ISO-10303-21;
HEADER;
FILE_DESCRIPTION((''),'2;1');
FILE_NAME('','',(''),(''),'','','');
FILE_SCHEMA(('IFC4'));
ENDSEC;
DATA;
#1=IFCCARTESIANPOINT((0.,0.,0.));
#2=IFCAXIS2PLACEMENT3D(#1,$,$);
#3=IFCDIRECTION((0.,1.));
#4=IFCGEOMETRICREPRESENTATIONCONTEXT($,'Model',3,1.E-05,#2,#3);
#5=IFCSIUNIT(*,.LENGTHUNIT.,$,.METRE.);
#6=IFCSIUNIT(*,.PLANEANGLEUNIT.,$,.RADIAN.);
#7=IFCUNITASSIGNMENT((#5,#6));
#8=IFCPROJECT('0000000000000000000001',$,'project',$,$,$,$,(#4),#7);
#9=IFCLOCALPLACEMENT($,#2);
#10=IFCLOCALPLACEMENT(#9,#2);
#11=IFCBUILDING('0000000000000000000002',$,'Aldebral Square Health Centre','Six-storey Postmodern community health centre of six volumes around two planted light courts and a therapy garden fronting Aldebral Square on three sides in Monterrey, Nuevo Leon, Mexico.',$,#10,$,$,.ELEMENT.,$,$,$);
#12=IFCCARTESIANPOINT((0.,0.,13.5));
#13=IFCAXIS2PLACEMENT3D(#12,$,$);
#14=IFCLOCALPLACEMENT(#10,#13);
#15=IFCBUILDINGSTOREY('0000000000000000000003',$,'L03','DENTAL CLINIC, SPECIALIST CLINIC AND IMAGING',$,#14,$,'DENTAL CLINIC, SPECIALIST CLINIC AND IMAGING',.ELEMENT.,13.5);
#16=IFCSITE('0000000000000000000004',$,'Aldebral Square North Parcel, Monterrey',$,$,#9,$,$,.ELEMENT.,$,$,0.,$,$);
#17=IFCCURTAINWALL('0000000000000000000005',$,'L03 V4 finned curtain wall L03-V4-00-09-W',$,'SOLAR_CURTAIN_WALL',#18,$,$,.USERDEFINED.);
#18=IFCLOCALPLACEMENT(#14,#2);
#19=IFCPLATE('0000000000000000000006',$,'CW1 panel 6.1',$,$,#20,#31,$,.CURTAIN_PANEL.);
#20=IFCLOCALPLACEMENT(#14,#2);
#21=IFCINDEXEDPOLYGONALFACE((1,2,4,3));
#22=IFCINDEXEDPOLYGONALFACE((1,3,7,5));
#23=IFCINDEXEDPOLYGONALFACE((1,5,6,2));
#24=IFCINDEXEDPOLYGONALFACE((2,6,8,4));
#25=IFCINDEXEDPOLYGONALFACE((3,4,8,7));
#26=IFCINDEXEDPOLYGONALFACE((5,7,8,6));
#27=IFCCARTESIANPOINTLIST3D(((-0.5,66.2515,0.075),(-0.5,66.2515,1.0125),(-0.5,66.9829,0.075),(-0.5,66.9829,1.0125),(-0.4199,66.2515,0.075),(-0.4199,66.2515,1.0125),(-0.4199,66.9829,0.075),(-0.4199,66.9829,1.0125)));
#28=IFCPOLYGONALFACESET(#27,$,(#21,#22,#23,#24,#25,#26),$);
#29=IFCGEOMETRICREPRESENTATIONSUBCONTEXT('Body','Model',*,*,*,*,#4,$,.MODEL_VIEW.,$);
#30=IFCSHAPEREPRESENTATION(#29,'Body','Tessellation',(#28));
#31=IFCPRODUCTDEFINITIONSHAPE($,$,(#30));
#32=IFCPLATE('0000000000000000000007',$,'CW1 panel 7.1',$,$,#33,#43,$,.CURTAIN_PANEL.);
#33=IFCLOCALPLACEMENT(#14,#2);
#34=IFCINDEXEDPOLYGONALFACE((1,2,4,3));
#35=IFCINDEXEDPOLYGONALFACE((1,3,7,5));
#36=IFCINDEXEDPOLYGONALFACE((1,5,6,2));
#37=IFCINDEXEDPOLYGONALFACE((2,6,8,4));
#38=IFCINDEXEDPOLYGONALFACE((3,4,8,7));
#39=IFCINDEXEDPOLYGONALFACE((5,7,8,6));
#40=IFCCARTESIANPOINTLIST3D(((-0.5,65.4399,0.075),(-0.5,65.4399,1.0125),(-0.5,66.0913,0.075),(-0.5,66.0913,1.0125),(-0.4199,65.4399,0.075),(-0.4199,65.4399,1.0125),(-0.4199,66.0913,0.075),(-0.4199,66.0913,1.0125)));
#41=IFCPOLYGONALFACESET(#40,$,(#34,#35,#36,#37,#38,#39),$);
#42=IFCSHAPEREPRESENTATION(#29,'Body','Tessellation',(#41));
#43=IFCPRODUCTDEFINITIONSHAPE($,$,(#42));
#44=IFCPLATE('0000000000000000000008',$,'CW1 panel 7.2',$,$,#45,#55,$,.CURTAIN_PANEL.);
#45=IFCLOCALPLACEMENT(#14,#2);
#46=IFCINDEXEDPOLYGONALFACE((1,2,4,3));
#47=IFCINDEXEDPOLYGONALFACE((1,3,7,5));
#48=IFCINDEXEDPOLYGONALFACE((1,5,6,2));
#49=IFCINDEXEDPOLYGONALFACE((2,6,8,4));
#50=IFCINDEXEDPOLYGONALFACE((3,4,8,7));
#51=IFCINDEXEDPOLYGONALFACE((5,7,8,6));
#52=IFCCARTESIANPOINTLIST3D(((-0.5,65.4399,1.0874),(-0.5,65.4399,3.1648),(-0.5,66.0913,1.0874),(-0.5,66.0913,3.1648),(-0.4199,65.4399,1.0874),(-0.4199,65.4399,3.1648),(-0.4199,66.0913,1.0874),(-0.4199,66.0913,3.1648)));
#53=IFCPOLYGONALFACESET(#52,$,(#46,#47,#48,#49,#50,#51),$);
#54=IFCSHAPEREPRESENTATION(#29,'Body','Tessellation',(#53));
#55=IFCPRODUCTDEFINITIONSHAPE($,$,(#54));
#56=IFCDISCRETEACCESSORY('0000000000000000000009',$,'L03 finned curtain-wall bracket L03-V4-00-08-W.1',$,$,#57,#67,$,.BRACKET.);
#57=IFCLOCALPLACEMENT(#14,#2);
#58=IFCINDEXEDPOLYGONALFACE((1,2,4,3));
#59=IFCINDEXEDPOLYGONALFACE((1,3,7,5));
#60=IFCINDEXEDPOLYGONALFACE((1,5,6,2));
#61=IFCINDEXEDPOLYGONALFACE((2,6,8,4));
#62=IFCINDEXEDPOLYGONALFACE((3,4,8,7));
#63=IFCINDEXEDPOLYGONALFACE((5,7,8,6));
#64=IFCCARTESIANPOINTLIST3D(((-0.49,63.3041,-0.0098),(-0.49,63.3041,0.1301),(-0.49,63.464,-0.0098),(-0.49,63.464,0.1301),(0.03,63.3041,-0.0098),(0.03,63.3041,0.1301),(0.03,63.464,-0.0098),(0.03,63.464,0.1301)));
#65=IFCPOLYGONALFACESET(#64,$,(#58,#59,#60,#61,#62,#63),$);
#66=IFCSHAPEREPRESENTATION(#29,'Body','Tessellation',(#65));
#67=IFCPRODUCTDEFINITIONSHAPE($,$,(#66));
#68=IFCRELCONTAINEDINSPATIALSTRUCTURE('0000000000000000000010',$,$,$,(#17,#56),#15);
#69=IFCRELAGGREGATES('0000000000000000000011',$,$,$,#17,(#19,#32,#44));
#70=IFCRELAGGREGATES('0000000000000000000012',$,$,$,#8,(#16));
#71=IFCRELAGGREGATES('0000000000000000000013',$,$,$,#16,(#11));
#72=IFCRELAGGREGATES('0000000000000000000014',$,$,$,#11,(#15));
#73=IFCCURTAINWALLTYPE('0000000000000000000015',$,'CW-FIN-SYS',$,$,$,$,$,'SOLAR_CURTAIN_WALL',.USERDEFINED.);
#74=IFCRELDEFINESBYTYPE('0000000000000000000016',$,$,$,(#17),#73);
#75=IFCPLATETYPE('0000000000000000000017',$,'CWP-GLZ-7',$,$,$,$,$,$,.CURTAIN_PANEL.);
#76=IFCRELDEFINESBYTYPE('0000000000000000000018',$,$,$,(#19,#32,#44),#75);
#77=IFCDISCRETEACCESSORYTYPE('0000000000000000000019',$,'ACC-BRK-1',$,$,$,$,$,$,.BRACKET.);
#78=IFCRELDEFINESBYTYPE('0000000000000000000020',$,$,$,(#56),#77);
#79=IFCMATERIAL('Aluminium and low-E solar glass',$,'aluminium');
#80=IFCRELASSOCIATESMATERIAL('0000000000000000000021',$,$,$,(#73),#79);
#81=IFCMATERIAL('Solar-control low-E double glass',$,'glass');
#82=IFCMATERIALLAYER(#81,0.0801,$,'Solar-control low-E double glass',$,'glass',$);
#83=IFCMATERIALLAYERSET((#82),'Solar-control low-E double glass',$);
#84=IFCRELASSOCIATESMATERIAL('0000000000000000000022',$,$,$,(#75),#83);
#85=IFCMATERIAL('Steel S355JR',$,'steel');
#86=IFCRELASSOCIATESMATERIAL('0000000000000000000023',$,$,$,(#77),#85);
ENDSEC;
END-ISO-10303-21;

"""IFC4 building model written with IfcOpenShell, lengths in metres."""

from ifc_helpers import new_model, si_unit, direction, frame, origin, origin_2d, place, context, subcontext, project, spatial, rectangle, extrude, material, layer, layer_set, type_object, element, aggregate, save


model = new_model("IFC4")

# Units and contexts
model_context = context("Model", 3, precision=1e-05, world=origin(), true_north=direction((0.0, 1.0)))
body_context = subcontext(model_context, "Body", "Model", "MODEL_VIEW")
ifc_project = project(units=[si_unit("LENGTHUNIT", "METRE"), si_unit("PLANEANGLEUNIT", "RADIAN")], contexts=[model_context])

# Site, building, storey
site_placement = place(None, origin())
site = spatial("IfcSite", under=ifc_project, at=site_placement, Name="Aldebral Square North Parcel, Monterrey", CompositionType="ELEMENT", RefElevation=0.0)
building_placement = place(site_placement, origin())
building = spatial("IfcBuilding", under=site, at=building_placement, Name="Aldebral Square Health Centre", Description="Six-storey Postmodern community health centre of six volumes around two planted light courts and a therapy garden fronting Aldebral Square on three sides in Monterrey, Nuevo Leon, Mexico.", CompositionType="ELEMENT")
storey_placement = place(building_placement, frame((0.0, 0.0, 13.5)))
storey = spatial("IfcBuildingStorey", under=building, at=storey_placement, Name="L03", Description="DENTAL CLINIC, SPECIALIST CLINIC AND IMAGING", LongName="DENTAL CLINIC, SPECIALIST CLINIC AND IMAGING", CompositionType="ELEMENT", Elevation=13.5)

# Curtain wall
ifc_material_1 = material(Name="Aluminium and low-E solar glass", Category="aluminium")
curtain_wall_type = type_object("IfcCurtainWallType", Name="CW-FIN-SYS", ElementType="SOLAR_CURTAIN_WALL", PredefinedType="USERDEFINED", material=ifc_material_1)
curtain_wall_1_placement = place(storey_placement, origin())
curtain_wall_1 = element("IfcCurtainWall", 1, at=curtain_wall_1_placement, inside=storey, type_object=curtain_wall_type, Name="L03 V4 finned curtain wall L03-V4-00-09-W", ObjectType="SOLAR_CURTAIN_WALL", PredefinedType="USERDEFINED")

# Plates
ifc_material_2 = material(Name="Solar-control low-E double glass", Category="glass")
ifc_layer_1 = layer(ifc_material_2, 0.0801, Name="Solar-control low-E double glass", Category="glass")
ifc_layer_set_1 = layer_set([ifc_layer_1], Name="Solar-control low-E double glass")
plate_type_1 = type_object("IfcPlateType", Name="CWP-GLZ-7", PredefinedType="CURTAIN_PANEL", material=ifc_layer_set_1)
plate_1_placement = place(storey_placement, frame((-0.46, 66.6172, 0.075), z_axis=(0.0, 0.0, 1.0), x_axis=(0.0, -1.0, 0.0)))
plate_1 = element("IfcPlate", 2, at=plate_1_placement, type_object=plate_type_1, Name="CW1 panel 6.1", PredefinedType="CURTAIN_PANEL", context=body_context, shape_type="SweptSolid", body=[
    extrude(rectangle(XDim=0.7314, YDim=0.0801, at=origin_2d()), origin(), (0.0, 0.0, 1.0), 0.9375),
])
plate_2_placement = place(storey_placement, frame((-0.46, 65.7656, 0.075), z_axis=(0.0, 0.0, 1.0), x_axis=(0.0, -1.0, 0.0)))
plate_2 = element("IfcPlate", 3, at=plate_2_placement, type_object=plate_type_1, Name="CW1 panel 7.1", PredefinedType="CURTAIN_PANEL", context=body_context, shape_type="SweptSolid", body=[
    extrude(rectangle(XDim=0.6514, YDim=0.0801, at=origin_2d()), origin(), (0.0, 0.0, 1.0), 0.9375),
])
plate_3_placement = place(storey_placement, frame((-0.46, 65.7656, 1.0874), z_axis=(0.0, 0.0, 1.0), x_axis=(0.0, -1.0, 0.0)))
plate_3 = element("IfcPlate", 4, at=plate_3_placement, type_object=plate_type_1, Name="CW1 panel 7.2", PredefinedType="CURTAIN_PANEL", context=body_context, shape_type="SweptSolid", body=[
    extrude(rectangle(XDim=0.6514, YDim=0.0801, at=origin_2d()), origin(), (0.0, 0.0, 1.0), 2.0774),
])
aggregate(curtain_wall_1, [plate_1, plate_2, plate_3])

# Discrete accessory
ifc_material_3 = material(Name="Steel S355JR", Category="steel")
discrete_accessory_type = type_object("IfcDiscreteAccessoryType", Name="ACC-BRK-1", PredefinedType="BRACKET", material=ifc_material_3)
discrete_accessory_placement = place(storey_placement, frame((-0.23, 63.384, -0.0098), z_axis=(0.0, 0.0, 1.0), x_axis=(0.0, 1.0, 0.0)))
element("IfcDiscreteAccessory", 5, at=discrete_accessory_placement, inside=storey, type_object=discrete_accessory_type, Name="L03 finned curtain-wall bracket L03-V4-00-08-W.1", PredefinedType="BRACKET", context=body_context, shape_type="SweptSolid", body=[
    extrude(rectangle(XDim=0.1599, YDim=0.52, at=origin_2d()), origin(), (0.0, 0.0, 1.0), 0.1399),
])

save(model, "model.ifc")
